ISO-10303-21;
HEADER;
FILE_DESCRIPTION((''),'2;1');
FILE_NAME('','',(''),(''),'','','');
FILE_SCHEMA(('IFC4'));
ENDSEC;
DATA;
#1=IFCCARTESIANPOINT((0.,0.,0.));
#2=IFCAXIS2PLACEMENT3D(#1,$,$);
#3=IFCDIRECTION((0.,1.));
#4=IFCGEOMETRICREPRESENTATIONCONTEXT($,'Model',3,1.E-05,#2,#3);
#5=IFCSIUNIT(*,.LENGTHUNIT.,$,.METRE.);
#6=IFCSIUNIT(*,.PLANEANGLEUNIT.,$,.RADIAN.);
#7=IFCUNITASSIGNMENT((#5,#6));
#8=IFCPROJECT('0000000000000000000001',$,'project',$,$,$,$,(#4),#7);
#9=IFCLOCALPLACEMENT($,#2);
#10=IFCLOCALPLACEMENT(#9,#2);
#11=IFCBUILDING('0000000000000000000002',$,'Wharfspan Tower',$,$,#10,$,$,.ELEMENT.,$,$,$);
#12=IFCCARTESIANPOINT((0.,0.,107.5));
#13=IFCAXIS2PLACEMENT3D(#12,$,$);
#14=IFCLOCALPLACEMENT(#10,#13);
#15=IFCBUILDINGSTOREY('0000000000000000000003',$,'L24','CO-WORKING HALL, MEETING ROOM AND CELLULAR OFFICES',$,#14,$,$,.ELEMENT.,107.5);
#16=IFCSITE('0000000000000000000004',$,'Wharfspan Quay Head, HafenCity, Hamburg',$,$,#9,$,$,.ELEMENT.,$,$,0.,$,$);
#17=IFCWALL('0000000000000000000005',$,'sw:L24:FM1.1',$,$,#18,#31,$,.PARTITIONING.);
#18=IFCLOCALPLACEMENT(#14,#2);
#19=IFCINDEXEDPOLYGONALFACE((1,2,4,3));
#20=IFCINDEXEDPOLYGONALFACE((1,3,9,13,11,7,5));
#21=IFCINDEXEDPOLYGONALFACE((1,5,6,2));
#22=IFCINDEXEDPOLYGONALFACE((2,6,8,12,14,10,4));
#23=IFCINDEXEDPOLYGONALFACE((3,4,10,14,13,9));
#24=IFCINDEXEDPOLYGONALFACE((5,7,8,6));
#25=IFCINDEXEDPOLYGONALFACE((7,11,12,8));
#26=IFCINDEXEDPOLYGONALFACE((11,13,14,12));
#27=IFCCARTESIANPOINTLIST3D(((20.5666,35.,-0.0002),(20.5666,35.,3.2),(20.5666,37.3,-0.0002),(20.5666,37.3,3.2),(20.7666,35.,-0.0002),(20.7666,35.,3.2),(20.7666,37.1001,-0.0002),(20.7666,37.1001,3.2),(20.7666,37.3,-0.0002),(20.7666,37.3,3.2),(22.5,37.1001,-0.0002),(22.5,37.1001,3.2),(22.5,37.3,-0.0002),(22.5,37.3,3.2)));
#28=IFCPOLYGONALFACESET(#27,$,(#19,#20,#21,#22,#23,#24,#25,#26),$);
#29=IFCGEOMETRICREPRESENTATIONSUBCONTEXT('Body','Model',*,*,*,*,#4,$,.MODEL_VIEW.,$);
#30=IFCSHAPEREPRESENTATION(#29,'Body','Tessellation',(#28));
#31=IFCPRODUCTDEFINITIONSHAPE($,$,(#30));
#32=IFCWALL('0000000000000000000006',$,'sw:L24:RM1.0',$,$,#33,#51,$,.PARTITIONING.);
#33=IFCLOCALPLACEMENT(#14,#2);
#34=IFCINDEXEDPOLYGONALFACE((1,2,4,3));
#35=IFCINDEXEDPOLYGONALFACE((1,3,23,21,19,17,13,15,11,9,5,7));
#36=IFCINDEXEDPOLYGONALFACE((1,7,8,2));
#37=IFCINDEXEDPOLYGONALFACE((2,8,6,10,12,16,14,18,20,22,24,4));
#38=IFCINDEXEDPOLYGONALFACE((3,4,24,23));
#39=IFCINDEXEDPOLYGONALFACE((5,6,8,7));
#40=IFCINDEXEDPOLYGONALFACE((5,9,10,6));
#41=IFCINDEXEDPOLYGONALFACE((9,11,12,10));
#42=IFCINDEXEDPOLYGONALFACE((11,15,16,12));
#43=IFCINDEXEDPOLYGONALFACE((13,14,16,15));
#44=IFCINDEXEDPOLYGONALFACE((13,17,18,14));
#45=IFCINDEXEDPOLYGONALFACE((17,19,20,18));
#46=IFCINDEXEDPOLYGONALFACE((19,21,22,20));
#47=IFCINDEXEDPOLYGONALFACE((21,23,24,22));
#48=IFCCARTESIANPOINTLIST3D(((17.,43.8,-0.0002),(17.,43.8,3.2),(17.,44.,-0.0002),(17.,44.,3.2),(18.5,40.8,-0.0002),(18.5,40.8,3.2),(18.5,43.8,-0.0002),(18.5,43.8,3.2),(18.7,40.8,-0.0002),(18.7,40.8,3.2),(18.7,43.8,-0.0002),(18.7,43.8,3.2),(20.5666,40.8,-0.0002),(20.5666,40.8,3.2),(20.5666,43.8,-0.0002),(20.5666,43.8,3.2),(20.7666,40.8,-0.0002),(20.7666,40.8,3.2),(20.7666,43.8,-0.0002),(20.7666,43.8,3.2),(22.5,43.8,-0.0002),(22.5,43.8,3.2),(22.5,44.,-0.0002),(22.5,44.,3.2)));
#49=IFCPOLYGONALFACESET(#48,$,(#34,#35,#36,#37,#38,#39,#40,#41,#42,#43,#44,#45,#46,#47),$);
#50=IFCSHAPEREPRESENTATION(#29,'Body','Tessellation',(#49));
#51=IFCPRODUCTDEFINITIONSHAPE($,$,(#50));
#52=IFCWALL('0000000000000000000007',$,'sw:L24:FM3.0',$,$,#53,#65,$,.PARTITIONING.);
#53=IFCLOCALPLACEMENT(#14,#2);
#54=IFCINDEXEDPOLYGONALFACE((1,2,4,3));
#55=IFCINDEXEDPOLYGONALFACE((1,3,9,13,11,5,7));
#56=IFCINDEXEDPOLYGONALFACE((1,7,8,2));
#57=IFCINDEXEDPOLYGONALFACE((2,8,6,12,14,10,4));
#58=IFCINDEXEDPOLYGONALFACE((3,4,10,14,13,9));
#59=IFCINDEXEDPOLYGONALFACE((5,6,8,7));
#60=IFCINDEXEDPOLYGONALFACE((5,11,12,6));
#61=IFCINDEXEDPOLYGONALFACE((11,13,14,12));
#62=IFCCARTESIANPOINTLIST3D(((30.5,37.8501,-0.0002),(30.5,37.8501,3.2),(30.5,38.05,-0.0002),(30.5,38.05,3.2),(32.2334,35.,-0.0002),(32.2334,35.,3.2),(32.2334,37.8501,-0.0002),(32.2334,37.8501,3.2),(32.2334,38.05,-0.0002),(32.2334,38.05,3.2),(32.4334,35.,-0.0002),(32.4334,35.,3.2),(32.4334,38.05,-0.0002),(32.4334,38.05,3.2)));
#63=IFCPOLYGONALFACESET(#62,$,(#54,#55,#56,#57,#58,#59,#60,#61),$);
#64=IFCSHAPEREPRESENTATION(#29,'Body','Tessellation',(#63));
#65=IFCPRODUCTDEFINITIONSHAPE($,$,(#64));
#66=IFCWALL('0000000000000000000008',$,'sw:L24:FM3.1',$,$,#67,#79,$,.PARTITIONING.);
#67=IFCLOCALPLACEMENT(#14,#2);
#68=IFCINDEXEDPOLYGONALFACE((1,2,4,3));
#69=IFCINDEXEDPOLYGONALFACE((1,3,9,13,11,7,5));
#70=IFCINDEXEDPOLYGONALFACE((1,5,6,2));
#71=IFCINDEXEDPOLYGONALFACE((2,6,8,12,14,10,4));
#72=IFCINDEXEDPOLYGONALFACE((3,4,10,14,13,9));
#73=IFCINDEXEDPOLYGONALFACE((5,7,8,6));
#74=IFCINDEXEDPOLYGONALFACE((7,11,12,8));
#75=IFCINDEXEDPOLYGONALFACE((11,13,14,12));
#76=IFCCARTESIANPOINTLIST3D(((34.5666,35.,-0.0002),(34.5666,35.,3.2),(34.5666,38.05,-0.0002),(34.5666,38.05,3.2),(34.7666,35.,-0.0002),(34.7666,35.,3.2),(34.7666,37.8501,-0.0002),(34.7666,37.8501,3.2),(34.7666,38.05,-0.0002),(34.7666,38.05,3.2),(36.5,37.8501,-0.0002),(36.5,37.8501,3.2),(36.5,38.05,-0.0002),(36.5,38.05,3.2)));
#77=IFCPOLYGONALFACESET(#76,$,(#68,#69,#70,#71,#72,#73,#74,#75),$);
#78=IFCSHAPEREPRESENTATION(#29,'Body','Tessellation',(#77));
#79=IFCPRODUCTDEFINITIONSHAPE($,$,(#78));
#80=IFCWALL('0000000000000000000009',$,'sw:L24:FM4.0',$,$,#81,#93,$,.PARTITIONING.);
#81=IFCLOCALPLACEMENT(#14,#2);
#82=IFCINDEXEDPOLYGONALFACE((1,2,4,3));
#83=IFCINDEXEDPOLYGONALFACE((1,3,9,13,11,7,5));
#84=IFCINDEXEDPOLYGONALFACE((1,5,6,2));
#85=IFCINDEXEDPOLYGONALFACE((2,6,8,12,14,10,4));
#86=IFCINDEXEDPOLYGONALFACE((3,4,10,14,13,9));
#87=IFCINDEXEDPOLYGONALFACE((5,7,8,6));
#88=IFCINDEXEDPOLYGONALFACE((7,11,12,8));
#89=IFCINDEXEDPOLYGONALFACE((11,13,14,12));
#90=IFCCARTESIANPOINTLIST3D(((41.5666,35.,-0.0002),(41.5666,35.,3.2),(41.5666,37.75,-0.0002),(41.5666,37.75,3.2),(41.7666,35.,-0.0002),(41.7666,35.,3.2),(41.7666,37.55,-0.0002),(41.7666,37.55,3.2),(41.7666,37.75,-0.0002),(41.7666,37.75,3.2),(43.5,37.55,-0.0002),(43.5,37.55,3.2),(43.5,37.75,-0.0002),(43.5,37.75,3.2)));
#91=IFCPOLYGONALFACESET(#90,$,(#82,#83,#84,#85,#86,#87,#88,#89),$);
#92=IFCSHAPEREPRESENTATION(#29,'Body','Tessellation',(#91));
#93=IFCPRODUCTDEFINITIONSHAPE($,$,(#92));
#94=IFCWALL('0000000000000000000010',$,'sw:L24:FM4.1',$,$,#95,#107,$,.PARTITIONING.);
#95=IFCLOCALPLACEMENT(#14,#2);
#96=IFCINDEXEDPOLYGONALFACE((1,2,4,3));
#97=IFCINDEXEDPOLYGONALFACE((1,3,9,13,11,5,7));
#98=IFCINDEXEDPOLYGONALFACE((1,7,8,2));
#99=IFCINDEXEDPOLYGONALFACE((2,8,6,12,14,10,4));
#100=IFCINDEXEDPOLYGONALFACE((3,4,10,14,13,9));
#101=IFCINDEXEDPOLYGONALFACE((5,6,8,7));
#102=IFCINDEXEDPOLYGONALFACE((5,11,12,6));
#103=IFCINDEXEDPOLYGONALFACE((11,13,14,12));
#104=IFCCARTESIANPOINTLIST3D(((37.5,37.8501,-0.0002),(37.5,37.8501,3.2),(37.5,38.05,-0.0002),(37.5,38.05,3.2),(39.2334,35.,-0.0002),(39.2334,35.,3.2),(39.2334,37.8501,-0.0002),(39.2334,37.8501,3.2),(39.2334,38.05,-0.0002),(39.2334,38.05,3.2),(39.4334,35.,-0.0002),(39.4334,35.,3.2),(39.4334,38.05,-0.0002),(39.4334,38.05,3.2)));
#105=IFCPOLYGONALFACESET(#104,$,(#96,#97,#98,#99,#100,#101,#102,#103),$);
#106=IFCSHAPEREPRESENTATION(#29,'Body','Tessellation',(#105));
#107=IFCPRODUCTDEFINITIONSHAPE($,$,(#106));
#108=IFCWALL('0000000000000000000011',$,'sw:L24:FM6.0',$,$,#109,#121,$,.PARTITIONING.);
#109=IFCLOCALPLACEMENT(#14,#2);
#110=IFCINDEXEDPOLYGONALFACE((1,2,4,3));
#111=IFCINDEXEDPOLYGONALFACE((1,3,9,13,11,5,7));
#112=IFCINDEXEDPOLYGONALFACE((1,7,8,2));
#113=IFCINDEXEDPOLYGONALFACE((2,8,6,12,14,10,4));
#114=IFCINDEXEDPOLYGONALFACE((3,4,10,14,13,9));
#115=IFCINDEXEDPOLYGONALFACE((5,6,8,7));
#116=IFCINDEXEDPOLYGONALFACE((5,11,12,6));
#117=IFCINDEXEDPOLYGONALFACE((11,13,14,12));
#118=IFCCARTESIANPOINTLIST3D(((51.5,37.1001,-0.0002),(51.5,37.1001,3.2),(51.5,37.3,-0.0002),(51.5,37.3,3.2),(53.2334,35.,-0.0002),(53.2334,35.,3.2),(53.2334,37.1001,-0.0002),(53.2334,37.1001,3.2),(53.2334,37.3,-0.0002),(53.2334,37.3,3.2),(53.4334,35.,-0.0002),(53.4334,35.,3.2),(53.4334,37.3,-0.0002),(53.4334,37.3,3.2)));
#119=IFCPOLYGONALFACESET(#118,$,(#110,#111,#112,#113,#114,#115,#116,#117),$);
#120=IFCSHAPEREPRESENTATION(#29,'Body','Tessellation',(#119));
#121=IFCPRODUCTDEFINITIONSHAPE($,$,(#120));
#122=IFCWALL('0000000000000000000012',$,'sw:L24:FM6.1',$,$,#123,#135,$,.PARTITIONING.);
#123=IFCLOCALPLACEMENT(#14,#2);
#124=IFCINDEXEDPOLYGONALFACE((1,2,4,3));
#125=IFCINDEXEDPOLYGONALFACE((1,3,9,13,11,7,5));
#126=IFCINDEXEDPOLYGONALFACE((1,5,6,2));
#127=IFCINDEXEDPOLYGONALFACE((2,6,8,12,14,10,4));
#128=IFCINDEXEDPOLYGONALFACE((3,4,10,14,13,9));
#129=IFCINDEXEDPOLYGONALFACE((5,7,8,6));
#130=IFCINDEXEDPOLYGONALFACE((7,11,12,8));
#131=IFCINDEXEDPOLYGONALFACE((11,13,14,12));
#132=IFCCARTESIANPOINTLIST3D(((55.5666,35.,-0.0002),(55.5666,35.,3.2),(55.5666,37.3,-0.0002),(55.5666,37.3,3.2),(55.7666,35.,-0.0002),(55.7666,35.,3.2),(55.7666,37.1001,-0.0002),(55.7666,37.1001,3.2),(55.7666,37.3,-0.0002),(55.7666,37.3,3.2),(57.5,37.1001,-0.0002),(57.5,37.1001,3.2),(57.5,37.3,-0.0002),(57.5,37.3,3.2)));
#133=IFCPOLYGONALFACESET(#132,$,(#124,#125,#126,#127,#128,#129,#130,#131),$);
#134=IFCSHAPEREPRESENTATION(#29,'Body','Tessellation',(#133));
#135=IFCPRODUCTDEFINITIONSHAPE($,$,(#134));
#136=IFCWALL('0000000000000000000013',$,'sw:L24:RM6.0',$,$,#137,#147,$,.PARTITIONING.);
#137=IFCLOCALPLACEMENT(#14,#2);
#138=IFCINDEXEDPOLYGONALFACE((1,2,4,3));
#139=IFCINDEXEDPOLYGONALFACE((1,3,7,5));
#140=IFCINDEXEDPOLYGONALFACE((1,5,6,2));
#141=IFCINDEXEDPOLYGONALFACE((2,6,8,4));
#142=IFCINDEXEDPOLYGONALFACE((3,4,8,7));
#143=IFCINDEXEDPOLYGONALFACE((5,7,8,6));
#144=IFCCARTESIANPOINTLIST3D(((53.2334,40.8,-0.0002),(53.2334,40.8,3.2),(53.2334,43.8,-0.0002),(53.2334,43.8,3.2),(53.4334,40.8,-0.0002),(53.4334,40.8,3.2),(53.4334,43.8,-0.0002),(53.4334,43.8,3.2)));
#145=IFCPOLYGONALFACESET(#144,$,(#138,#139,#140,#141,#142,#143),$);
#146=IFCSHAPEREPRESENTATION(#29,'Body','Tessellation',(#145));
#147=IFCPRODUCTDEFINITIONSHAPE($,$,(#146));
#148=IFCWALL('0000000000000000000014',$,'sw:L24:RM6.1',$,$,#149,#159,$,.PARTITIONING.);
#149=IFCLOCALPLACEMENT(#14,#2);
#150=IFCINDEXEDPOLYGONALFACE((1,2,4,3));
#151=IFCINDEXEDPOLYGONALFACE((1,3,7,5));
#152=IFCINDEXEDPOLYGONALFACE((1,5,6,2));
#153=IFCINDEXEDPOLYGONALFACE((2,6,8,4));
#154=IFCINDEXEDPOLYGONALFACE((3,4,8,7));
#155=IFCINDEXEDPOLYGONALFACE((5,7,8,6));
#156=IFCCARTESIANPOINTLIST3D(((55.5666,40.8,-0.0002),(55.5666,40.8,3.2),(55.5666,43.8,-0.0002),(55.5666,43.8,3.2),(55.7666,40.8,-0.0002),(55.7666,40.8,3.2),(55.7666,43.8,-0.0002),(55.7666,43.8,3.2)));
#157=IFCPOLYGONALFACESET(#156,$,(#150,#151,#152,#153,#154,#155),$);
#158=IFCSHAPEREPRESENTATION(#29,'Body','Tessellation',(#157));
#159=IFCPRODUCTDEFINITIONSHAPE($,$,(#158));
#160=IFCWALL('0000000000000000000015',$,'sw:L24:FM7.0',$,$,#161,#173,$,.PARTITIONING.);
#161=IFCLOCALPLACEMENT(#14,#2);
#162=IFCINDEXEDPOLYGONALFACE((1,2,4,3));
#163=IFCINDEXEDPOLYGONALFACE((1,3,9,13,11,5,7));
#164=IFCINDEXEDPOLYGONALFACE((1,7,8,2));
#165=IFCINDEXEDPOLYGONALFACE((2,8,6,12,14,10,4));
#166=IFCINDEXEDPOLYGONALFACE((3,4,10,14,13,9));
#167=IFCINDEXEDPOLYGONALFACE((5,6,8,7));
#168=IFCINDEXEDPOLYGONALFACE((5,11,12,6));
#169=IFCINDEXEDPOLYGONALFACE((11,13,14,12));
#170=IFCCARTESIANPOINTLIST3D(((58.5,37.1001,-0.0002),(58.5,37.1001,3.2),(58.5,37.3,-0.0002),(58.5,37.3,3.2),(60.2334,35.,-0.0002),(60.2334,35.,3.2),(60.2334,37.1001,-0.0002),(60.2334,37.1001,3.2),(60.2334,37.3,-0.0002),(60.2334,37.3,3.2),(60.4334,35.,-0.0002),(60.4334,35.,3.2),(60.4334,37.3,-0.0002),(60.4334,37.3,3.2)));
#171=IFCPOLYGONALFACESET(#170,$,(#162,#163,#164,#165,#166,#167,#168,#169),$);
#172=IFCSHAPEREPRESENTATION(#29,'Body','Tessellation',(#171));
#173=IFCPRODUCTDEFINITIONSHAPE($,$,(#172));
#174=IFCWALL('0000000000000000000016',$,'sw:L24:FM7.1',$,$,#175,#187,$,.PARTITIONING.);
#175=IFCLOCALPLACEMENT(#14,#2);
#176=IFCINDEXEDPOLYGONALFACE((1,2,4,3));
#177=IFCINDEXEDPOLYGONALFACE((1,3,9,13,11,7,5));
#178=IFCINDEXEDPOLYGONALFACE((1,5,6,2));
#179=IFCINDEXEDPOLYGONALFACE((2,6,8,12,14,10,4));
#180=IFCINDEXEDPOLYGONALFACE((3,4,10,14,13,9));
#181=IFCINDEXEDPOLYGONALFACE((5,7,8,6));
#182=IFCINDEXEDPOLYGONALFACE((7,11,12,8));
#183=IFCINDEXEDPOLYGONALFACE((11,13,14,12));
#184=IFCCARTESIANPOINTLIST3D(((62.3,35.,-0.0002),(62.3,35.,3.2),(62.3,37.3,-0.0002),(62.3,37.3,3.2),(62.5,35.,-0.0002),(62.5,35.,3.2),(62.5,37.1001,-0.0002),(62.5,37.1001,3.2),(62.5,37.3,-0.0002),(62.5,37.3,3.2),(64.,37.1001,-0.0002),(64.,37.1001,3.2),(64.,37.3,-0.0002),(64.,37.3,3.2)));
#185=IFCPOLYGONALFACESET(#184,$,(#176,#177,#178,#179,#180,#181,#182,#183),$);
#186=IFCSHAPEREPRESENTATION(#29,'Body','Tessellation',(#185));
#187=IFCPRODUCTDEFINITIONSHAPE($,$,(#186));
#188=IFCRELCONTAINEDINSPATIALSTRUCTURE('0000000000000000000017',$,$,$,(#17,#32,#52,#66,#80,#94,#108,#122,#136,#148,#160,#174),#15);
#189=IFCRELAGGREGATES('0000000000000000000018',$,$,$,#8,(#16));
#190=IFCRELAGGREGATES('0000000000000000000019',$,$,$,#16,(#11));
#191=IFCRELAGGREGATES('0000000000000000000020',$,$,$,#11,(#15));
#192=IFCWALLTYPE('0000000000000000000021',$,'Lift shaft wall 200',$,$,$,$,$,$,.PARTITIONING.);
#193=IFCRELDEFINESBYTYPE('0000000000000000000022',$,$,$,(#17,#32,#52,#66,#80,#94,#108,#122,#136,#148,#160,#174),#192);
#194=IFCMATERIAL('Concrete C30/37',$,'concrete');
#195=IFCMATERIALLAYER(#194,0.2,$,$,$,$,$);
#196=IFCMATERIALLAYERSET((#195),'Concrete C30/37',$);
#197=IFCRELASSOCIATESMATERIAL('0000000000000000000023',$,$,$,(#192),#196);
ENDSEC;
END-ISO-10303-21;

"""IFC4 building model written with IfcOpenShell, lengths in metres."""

from ifc_helpers import new_model, si_unit, direction, frame, origin, place, context, subcontext, project, spatial, polyline, outline, extrude, material, layer, layer_set, type_object, element, save


model = new_model("IFC4")

# Units and contexts
model_context = context("Model", 3, precision=1e-05, world=origin(), true_north=direction((0.0, 1.0)))
body_context = subcontext(model_context, "Body", "Model", "MODEL_VIEW")
ifc_project = project(units=[si_unit("LENGTHUNIT", "METRE"), si_unit("PLANEANGLEUNIT", "RADIAN")], contexts=[model_context])

# Site, building, storey
site_placement = place(None, origin())
site = spatial("IfcSite", under=ifc_project, at=site_placement, Name="Wharfspan Quay Head, HafenCity, Hamburg", CompositionType="ELEMENT", RefElevation=0.0)
building_placement = place(site_placement, origin())
building = spatial("IfcBuilding", under=site, at=building_placement, Name="Wharfspan Tower", CompositionType="ELEMENT")
storey_placement = place(building_placement, frame((0.0, 0.0, 107.5)))
storey = spatial("IfcBuildingStorey", under=building, at=storey_placement, Name="L24", Description="CO-WORKING HALL, MEETING ROOM AND CELLULAR OFFICES", CompositionType="ELEMENT", Elevation=107.5)

# Walls
ifc_material_1 = material(Name="Concrete C30/37", Category="concrete")
ifc_layer_1 = layer(ifc_material_1, 0.2)
ifc_layer_set_1 = layer_set([ifc_layer_1], Name="Concrete C30/37")
wall_type_1 = type_object("IfcWallType", Name="Lift shaft wall 200", PredefinedType="PARTITIONING", material=ifc_layer_set_1)
wall_1_placement = place(storey_placement, frame((0.0, 0.0, -0.0002)))
element("IfcWall", 1, at=wall_1_placement, inside=storey, type_object=wall_type_1, Name="sw:L24:FM1.1", PredefinedType="PARTITIONING", context=body_context, shape_type="SweptSolid", body=[
    extrude(outline(polyline([(20.5666, 37.3), (20.7666, 37.3), (22.5, 37.3), (22.5, 37.1001), (20.7666, 37.1001), (20.7666, 35.0), (20.5666, 35.0), (20.5666, 37.3)])), origin(), (0.0, 0.0, 1.0), 3.2002),
])
wall_2_placement = place(storey_placement, frame((0.0, 0.0, -0.0002)))
element("IfcWall", 2, at=wall_2_placement, inside=storey, type_object=wall_type_1, Name="sw:L24:RM1.0", PredefinedType="PARTITIONING", context=body_context, shape_type="SweptSolid", body=[
    extrude(outline(polyline([(18.7, 40.8), (18.5, 40.8), (18.5, 43.8), (17.0, 43.8), (17.0, 44.0), (22.5, 44.0), (22.5, 43.8), (20.7666, 43.8), (20.7666, 40.8), (20.5666, 40.8), (20.5666, 43.8), (18.7, 43.8), (18.7, 40.8)])), origin(), (0.0, 0.0, 1.0), 3.2002),
])
wall_3_placement = place(storey_placement, frame((0.0, 0.0, -0.0002)))
element("IfcWall", 3, at=wall_3_placement, inside=storey, type_object=wall_type_1, Name="sw:L24:FM3.0", PredefinedType="PARTITIONING", context=body_context, shape_type="SweptSolid", body=[
    extrude(outline(polyline([(32.2334, 37.8501), (30.5, 37.8501), (30.5, 38.05), (32.2334, 38.05), (32.4333, 38.05), (32.4333, 35.0), (32.2334, 35.0), (32.2334, 37.8501)])), origin(), (0.0, 0.0, 1.0), 3.2002),
])
wall_4_placement = place(storey_placement, frame((0.0, 0.0, -0.0002)))
element("IfcWall", 4, at=wall_4_placement, inside=storey, type_object=wall_type_1, Name="sw:L24:FM3.1", PredefinedType="PARTITIONING", context=body_context, shape_type="SweptSolid", body=[
    extrude(outline(polyline([(34.5667, 38.05), (34.7666, 38.05), (36.5, 38.05), (36.5, 37.8501), (34.7666, 37.8501), (34.7666, 35.0), (34.5667, 35.0), (34.5667, 38.05)])), origin(), (0.0, 0.0, 1.0), 3.2002),
])
wall_5_placement = place(storey_placement, frame((0.0, 0.0, -0.0002)))
element("IfcWall", 5, at=wall_5_placement, inside=storey, type_object=wall_type_1, Name="sw:L24:FM4.0", PredefinedType="PARTITIONING", context=body_context, shape_type="SweptSolid", body=[
    extrude(outline(polyline([(41.5667, 37.75), (41.7666, 37.75), (43.5, 37.75), (43.5, 37.55), (41.7666, 37.55), (41.7666, 35.0), (41.5667, 35.0), (41.5667, 37.75)])), origin(), (0.0, 0.0, 1.0), 3.2002),
])
wall_6_placement = place(storey_placement, frame((0.0, 0.0, -0.0002)))
element("IfcWall", 6, at=wall_6_placement, inside=storey, type_object=wall_type_1, Name="sw:L24:FM4.1", PredefinedType="PARTITIONING", context=body_context, shape_type="SweptSolid", body=[
    extrude(outline(polyline([(39.2334, 37.8501), (37.5, 37.8501), (37.5, 38.05), (39.2334, 38.05), (39.4333, 38.05), (39.4333, 35.0), (39.2334, 35.0), (39.2334, 37.8501)])), origin(), (0.0, 0.0, 1.0), 3.2002),
])
wall_7_placement = place(storey_placement, frame((0.0, 0.0, -0.0002)))
element("IfcWall", 7, at=wall_7_placement, inside=storey, type_object=wall_type_1, Name="sw:L24:FM6.0", PredefinedType="PARTITIONING", context=body_context, shape_type="SweptSolid", body=[
    extrude(outline(polyline([(53.2334, 37.1001), (51.5, 37.1001), (51.5, 37.3), (53.2334, 37.3), (53.4333, 37.3), (53.4333, 35.0), (53.2334, 35.0), (53.2334, 37.1001)])), origin(), (0.0, 0.0, 1.0), 3.2002),
])
wall_8_placement = place(storey_placement, frame((0.0, 0.0, -0.0002)))
element("IfcWall", 8, at=wall_8_placement, inside=storey, type_object=wall_type_1, Name="sw:L24:FM6.1", PredefinedType="PARTITIONING", context=body_context, shape_type="SweptSolid", body=[
    extrude(outline(polyline([(55.5667, 37.3), (55.7666, 37.3), (57.5, 37.3), (57.5, 37.1001), (55.7666, 37.1001), (55.7666, 35.0), (55.5667, 35.0), (55.5667, 37.3)])), origin(), (0.0, 0.0, 1.0), 3.2002),
])
wall_9_placement = place(storey_placement, frame((0.0, 0.0, -0.0002)))
element("IfcWall", 9, at=wall_9_placement, inside=storey, type_object=wall_type_1, Name="sw:L24:RM6.0", PredefinedType="PARTITIONING", context=body_context, shape_type="SweptSolid", body=[
    extrude(outline(polyline([(53.2334, 40.8), (53.2334, 43.8), (53.4333, 43.8), (53.4333, 40.8), (53.2334, 40.8)])), origin(), (0.0, 0.0, 1.0), 3.2002),
])
wall_10_placement = place(storey_placement, frame((0.0, 0.0, -0.0002)))
element("IfcWall", 10, at=wall_10_placement, inside=storey, type_object=wall_type_1, Name="sw:L24:RM6.1", PredefinedType="PARTITIONING", context=body_context, shape_type="SweptSolid", body=[
    extrude(outline(polyline([(55.5667, 40.8), (55.5667, 43.8), (55.7666, 43.8), (55.7666, 40.8), (55.5667, 40.8)])), origin(), (0.0, 0.0, 1.0), 3.2002),
])
wall_11_placement = place(storey_placement, frame((0.0, 0.0, -0.0002)))
element("IfcWall", 11, at=wall_11_placement, inside=storey, type_object=wall_type_1, Name="sw:L24:FM7.0", PredefinedType="PARTITIONING", context=body_context, shape_type="SweptSolid", body=[
    extrude(outline(polyline([(60.2334, 37.1001), (58.5, 37.1001), (58.5, 37.3), (60.2334, 37.3), (60.4333, 37.3), (60.4333, 35.0), (60.2334, 35.0), (60.2334, 37.1001)])), origin(), (0.0, 0.0, 1.0), 3.2002),
])
wall_12_placement = place(storey_placement, frame((0.0, 0.0, -0.0002)))
element("IfcWall", 12, at=wall_12_placement, inside=storey, type_object=wall_type_1, Name="sw:L24:FM7.1", PredefinedType="PARTITIONING", context=body_context, shape_type="SweptSolid", body=[
    extrude(outline(polyline([(62.3, 37.3), (62.5, 37.3), (64.0, 37.3), (64.0, 37.1001), (62.5, 37.1001), (62.5, 35.0), (62.3, 35.0), (62.3, 37.3)])), origin(), (0.0, 0.0, 1.0), 3.2002),
])

save(model, "model.ifc")
